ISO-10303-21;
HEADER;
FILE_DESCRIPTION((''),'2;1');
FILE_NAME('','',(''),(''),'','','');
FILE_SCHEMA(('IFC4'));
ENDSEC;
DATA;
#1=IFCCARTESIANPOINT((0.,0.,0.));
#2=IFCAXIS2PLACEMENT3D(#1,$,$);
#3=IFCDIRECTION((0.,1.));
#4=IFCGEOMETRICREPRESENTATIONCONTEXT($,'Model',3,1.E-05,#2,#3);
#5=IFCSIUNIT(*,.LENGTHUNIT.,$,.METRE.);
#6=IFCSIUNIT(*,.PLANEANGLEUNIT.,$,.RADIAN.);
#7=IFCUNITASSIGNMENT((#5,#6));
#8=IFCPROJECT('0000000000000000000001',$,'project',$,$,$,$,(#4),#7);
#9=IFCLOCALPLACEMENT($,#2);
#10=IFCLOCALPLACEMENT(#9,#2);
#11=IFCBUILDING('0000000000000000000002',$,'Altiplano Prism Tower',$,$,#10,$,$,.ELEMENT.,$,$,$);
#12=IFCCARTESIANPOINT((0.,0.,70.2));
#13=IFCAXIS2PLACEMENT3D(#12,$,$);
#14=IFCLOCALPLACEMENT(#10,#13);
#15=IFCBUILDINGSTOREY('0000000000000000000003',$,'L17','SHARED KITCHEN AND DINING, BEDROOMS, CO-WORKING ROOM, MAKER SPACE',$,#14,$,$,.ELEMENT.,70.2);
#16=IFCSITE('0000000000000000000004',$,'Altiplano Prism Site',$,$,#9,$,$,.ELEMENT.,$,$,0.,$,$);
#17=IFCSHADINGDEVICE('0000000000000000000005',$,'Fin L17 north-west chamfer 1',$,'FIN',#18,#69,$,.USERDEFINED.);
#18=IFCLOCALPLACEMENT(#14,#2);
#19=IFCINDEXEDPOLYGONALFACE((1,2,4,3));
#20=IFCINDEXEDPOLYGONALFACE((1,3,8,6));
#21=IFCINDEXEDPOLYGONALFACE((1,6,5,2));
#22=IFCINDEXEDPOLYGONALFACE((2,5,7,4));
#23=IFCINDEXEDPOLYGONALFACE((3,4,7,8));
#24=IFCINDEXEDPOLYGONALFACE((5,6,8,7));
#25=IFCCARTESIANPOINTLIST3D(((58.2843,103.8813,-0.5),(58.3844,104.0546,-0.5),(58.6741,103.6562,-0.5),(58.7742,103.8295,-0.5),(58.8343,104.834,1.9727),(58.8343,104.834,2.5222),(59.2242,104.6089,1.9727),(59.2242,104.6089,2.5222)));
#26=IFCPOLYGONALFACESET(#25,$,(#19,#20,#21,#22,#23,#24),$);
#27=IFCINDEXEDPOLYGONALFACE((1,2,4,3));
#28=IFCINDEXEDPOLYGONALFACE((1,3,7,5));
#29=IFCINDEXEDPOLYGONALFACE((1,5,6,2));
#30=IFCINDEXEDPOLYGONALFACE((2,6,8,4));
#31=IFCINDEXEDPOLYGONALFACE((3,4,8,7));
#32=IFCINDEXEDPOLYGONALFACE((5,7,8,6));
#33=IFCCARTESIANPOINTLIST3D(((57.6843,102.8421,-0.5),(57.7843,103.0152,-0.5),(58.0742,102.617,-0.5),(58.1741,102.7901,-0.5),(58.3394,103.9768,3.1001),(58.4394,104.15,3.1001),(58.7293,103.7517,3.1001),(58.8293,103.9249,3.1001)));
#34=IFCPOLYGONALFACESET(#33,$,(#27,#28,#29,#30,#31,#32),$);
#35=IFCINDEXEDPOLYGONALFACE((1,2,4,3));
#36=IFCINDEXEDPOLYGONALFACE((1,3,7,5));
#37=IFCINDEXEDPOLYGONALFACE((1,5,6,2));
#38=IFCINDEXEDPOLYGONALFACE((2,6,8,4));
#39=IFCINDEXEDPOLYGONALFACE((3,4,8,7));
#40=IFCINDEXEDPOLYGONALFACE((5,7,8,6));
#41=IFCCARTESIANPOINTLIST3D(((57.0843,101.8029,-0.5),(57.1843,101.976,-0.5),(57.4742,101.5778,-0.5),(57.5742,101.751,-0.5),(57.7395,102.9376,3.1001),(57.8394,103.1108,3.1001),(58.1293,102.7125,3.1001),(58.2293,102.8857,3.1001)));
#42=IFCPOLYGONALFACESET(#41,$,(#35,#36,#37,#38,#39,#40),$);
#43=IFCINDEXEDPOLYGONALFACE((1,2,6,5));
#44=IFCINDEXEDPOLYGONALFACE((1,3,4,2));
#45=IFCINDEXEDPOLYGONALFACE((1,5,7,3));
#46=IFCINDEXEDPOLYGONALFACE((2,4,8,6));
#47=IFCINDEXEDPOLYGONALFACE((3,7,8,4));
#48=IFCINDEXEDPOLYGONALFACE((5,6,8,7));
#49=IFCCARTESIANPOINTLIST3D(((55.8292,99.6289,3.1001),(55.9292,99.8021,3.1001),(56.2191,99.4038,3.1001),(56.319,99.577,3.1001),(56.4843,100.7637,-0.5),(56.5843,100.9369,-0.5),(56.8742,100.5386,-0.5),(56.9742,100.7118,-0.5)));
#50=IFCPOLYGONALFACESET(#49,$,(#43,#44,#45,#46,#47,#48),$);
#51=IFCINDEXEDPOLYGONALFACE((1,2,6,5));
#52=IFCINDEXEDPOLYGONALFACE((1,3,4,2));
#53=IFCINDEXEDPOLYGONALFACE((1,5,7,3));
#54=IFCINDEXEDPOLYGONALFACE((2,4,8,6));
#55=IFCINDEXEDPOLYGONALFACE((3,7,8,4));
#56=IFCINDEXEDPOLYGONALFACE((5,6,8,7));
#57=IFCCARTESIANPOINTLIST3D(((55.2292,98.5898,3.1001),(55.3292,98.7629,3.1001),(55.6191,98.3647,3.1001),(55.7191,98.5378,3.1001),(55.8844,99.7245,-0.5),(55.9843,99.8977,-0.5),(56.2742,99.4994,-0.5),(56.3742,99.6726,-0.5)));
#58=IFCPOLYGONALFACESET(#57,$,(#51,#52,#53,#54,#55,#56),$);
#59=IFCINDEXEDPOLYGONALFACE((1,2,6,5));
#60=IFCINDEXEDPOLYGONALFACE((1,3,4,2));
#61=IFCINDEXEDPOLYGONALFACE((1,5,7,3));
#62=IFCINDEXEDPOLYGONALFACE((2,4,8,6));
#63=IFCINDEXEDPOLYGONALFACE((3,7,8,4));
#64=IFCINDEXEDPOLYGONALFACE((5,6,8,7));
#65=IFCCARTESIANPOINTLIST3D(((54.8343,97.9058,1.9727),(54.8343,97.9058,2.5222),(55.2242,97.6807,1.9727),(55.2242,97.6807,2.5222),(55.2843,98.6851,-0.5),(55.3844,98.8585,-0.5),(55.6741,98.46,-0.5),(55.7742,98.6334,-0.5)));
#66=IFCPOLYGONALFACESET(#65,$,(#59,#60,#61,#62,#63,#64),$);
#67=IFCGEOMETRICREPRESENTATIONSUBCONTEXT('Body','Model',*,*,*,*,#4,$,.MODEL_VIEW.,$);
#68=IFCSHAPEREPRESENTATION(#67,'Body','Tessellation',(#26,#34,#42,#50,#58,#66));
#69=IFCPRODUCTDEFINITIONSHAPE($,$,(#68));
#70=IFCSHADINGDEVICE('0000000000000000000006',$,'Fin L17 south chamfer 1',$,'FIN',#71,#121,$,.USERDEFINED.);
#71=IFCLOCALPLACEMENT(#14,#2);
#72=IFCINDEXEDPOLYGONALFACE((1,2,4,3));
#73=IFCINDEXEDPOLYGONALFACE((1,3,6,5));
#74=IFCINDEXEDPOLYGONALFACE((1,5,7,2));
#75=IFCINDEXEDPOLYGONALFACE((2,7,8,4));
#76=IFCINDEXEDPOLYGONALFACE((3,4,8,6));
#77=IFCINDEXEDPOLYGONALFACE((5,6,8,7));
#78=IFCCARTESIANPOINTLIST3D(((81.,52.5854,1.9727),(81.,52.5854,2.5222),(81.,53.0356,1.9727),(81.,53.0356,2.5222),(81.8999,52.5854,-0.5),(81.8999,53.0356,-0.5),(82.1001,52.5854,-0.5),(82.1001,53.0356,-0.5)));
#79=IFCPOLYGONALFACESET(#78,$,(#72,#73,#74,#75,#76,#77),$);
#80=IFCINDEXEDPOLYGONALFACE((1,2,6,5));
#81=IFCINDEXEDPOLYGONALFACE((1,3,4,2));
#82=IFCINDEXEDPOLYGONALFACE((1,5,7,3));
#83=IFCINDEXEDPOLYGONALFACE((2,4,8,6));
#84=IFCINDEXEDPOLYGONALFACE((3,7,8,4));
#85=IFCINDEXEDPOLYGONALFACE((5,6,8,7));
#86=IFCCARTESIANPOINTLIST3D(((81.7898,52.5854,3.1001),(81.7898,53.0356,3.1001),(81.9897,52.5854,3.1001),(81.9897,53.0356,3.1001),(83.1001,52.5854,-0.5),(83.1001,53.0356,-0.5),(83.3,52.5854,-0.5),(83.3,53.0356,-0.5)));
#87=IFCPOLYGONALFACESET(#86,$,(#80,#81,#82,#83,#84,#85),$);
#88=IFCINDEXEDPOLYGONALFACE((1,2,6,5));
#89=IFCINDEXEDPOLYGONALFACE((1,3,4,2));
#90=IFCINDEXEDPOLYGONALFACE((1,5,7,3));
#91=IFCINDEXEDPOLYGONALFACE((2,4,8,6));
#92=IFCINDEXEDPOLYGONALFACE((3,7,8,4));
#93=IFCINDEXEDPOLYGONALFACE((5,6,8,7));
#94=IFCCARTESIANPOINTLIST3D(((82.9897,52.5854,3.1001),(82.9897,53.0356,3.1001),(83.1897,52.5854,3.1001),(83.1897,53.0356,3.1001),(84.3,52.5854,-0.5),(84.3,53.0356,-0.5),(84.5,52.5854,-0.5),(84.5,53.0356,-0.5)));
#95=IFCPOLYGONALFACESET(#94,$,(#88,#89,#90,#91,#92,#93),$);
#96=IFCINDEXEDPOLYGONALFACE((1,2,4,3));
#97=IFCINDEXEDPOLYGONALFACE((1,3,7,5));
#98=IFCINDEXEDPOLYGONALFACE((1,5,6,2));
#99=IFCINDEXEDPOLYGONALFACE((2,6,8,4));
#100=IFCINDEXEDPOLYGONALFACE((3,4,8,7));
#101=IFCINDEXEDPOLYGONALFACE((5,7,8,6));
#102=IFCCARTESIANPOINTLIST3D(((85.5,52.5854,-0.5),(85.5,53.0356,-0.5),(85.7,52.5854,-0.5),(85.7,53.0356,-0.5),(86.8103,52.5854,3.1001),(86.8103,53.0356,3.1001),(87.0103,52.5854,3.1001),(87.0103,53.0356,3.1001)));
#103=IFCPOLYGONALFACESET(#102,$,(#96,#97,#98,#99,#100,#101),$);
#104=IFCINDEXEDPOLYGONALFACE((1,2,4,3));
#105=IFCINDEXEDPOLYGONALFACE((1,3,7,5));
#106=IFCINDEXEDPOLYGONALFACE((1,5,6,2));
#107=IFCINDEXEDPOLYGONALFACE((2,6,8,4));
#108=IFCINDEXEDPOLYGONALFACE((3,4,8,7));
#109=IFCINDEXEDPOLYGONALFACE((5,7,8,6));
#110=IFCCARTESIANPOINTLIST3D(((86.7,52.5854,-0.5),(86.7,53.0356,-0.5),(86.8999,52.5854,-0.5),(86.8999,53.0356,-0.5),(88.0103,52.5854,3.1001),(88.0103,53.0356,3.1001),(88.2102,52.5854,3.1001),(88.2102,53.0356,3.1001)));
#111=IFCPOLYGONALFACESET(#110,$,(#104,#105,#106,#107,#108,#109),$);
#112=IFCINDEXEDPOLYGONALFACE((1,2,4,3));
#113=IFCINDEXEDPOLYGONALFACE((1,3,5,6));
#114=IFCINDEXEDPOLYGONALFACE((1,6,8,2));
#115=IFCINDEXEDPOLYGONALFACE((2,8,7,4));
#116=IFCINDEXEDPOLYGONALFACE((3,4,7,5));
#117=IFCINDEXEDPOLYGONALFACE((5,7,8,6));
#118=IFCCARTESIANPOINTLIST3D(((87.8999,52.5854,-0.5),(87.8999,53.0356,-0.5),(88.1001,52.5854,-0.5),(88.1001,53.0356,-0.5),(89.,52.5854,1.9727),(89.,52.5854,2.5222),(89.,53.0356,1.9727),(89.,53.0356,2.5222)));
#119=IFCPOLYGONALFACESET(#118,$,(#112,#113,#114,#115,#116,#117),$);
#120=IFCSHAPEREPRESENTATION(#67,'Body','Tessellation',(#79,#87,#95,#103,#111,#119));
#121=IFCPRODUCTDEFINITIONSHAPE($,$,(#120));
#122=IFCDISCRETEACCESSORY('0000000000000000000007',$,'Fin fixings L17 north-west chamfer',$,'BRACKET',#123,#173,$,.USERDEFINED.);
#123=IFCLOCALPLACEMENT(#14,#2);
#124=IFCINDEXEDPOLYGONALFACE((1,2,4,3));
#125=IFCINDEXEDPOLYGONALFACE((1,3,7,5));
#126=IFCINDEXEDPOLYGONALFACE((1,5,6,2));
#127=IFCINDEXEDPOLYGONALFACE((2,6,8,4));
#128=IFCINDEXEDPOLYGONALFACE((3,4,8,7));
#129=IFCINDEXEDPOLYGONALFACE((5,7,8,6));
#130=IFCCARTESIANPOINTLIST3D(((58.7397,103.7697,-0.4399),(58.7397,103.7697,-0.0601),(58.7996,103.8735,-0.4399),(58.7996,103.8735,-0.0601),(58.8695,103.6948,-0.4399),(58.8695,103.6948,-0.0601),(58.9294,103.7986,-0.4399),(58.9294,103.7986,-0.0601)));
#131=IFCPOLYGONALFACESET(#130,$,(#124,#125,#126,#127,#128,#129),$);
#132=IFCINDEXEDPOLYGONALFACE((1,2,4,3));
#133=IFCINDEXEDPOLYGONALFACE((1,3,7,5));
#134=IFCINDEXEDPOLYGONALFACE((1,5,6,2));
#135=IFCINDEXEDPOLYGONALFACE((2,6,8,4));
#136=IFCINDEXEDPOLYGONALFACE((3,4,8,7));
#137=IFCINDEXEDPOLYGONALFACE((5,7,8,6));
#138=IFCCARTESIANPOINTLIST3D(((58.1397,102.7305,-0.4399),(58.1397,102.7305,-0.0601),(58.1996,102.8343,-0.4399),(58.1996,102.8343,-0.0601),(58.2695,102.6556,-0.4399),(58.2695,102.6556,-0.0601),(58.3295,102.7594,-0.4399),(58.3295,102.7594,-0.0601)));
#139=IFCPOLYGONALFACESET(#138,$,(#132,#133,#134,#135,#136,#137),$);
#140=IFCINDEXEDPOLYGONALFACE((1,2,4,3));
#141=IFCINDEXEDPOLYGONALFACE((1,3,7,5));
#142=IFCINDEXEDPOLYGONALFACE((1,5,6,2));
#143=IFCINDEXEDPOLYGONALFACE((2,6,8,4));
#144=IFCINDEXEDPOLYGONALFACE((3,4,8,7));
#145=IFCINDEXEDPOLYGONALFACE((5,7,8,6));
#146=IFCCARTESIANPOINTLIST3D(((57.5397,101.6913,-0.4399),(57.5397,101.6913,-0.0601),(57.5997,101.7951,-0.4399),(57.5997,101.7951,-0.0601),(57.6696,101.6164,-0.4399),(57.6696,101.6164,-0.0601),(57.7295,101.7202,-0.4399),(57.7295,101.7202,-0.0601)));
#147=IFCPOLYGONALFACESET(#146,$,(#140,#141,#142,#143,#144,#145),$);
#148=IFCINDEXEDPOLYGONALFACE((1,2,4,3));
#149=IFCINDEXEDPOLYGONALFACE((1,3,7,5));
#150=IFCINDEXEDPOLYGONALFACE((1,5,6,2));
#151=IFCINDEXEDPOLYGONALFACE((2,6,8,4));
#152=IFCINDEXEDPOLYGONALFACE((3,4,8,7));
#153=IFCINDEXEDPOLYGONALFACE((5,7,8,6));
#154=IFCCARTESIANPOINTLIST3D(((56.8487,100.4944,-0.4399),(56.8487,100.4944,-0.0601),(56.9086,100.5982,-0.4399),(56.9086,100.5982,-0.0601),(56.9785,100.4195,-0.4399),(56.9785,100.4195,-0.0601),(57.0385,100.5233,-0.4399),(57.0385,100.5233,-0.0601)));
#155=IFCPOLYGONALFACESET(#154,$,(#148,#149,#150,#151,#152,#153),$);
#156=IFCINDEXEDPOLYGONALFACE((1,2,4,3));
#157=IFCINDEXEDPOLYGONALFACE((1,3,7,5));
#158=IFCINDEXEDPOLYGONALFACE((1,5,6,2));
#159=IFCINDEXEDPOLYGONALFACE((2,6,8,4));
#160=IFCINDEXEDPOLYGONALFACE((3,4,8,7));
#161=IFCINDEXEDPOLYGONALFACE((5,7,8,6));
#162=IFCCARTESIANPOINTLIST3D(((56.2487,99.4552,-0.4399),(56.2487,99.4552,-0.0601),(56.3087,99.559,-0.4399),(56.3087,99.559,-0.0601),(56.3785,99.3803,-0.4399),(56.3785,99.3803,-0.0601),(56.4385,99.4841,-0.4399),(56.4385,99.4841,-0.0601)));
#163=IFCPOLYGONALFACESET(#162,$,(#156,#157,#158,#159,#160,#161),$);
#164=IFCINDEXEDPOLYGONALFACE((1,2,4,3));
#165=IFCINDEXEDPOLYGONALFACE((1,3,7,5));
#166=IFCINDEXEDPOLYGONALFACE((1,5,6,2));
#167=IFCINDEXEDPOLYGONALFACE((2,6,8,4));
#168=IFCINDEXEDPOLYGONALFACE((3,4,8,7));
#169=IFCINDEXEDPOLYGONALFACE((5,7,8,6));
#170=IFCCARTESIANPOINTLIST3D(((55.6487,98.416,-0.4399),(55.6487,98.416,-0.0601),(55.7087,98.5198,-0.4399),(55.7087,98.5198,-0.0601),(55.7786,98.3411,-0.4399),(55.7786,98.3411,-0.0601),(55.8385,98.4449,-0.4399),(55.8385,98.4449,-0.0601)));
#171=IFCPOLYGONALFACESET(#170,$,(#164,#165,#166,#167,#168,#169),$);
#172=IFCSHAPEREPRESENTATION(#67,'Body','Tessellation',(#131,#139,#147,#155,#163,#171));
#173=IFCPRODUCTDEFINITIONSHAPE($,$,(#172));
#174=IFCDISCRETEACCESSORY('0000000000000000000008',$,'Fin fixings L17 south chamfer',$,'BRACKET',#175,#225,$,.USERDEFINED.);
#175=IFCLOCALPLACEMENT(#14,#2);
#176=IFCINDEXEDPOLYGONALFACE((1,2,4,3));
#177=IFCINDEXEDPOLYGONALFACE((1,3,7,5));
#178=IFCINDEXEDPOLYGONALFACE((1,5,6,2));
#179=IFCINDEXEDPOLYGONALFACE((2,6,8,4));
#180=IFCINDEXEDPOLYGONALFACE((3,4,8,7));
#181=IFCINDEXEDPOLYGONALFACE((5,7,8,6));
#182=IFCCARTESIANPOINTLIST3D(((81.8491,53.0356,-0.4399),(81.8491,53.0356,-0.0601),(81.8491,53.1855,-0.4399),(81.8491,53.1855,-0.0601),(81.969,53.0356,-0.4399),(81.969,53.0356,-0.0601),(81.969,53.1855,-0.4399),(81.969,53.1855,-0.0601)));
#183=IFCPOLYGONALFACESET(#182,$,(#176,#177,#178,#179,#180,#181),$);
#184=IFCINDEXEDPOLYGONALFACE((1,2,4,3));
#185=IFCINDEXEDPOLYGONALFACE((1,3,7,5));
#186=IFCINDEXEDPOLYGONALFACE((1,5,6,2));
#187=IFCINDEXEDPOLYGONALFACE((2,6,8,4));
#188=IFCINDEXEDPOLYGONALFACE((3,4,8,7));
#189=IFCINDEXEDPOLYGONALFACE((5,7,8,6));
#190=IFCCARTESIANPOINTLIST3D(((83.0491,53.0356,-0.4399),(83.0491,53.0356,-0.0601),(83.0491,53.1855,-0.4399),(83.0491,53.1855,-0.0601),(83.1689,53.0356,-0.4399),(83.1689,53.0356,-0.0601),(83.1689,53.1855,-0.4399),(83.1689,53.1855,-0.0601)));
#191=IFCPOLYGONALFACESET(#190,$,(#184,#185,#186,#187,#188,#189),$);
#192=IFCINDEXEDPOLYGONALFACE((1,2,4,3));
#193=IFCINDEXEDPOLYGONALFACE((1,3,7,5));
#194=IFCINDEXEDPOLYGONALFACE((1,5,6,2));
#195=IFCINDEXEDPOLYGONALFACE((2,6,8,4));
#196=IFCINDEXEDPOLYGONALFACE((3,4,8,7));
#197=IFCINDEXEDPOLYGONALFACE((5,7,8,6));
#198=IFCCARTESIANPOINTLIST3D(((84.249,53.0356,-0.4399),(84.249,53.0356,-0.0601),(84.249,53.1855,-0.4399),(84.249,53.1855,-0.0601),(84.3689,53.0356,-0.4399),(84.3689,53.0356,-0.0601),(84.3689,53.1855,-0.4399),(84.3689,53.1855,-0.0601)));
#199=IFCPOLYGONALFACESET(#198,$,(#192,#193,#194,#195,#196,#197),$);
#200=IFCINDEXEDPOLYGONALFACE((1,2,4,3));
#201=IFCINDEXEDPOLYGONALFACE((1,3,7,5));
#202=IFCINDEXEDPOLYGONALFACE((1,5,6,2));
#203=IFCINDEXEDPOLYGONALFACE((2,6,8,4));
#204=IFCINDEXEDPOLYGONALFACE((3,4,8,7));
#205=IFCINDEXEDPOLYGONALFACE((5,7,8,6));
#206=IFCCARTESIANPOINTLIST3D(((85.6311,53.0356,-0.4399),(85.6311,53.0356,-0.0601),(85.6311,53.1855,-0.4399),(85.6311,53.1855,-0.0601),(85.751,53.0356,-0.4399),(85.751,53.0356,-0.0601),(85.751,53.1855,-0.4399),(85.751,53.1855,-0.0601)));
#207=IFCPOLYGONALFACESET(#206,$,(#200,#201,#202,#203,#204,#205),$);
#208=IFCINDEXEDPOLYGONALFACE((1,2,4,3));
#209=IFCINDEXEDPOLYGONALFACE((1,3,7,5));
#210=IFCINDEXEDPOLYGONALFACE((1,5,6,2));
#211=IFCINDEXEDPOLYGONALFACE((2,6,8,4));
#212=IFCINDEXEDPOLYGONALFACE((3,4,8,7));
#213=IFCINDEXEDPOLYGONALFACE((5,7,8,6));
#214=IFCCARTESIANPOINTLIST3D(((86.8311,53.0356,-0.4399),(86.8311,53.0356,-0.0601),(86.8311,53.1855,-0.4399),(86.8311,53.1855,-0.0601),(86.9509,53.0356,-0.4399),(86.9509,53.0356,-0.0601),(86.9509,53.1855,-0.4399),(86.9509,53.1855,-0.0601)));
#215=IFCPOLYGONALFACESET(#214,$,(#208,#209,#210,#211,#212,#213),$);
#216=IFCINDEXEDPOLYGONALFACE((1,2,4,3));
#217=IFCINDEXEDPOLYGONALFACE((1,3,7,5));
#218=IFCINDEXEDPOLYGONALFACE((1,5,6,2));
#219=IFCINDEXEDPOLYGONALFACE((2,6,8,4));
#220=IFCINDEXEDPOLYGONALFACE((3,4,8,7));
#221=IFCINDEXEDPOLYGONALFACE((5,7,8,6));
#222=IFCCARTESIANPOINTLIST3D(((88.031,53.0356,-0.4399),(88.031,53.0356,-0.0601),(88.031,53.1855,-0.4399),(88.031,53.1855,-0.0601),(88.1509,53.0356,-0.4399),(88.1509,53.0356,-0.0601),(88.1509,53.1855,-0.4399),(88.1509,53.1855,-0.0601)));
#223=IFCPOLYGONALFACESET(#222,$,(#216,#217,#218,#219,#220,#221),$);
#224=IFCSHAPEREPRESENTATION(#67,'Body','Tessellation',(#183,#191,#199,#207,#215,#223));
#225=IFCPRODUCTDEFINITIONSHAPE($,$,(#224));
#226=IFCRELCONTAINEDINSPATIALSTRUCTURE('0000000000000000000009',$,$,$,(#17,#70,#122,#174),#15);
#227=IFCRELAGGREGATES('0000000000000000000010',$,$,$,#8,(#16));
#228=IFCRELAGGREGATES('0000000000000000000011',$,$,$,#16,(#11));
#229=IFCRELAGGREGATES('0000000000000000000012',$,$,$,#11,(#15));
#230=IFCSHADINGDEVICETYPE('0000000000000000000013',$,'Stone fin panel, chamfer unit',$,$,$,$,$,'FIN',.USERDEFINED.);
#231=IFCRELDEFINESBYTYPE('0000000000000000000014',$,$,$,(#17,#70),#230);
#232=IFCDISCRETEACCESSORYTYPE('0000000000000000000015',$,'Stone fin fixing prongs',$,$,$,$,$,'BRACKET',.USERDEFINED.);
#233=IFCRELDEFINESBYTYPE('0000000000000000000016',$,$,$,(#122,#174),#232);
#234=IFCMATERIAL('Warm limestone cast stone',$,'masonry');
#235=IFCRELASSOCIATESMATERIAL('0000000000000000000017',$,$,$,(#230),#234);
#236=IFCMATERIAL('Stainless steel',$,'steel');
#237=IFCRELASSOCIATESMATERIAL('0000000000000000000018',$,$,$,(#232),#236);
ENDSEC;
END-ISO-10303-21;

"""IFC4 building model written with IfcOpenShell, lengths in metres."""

from ifc_helpers import new_model, si_unit, direction, frame, origin, place, context, subcontext, project, spatial, polyline, outline, extrude, source, transform, mapped, material, type_object, element, save


model = new_model("IFC4")

# Units and contexts
model_context = context("Model", 3, precision=1e-05, world=origin(), true_north=direction((0.0, 1.0)))
body_context = subcontext(model_context, "Body", "Model", "MODEL_VIEW")
ifc_project = project(units=[si_unit("LENGTHUNIT", "METRE"), si_unit("PLANEANGLEUNIT", "RADIAN")], contexts=[model_context])

# Site, building, storey
site_placement = place(None, origin())
site = spatial("IfcSite", under=ifc_project, at=site_placement, Name="Altiplano Prism Site", CompositionType="ELEMENT", RefElevation=0.0)
building_placement = place(site_placement, origin())
building = spatial("IfcBuilding", under=site, at=building_placement, Name="Altiplano Prism Tower", CompositionType="ELEMENT")
storey_placement = place(building_placement, frame((0.0, 0.0, 70.2)))
storey = spatial("IfcBuildingStorey", under=building, at=storey_placement, Name="L17", Description="SHARED KITCHEN AND DINING, BEDROOMS, CO-WORKING ROOM, MAKER SPACE", CompositionType="ELEMENT", Elevation=70.2)

# Shading devices
ifc_material_1 = material(Name="Warm limestone cast stone", Category="masonry")
shading_device_type_1 = type_object("IfcShadingDeviceType", Name="Stone fin panel, chamfer unit", ElementType="FIN", PredefinedType="USERDEFINED", material=ifc_material_1)
shared_shape_1 = source(origin(), body_context, "Body", "SweptSolid", [
    extrude(outline(polyline([(-4.0, 3.0222), (-4.0, 2.4727), (-3.1001, 0.0), (-2.8999, 0.0), (-4.0, 3.0222)])), frame((0.0, -0.1499, 0.0), z_axis=(0.0, -1.0, 0.0), x_axis=(1.0, 0.0, 0.0)), (0.0, 0.0, 1.0), 0.4502),
    extrude(outline(polyline([(-3.2102, 3.6001), (-1.8999, 0.0), (-1.7, 0.0), (-3.0103, 3.6001), (-3.2102, 3.6001)])), frame((0.0, -0.1499, 0.0), z_axis=(0.0, -1.0, 0.0), x_axis=(1.0, 0.0, 0.0)), (0.0, 0.0, 1.0), 0.4502),
    extrude(outline(polyline([(-2.0103, 3.6001), (-0.7, 0.0), (-0.5, 0.0), (-1.8103, 3.6001), (-2.0103, 3.6001)])), frame((0.0, -0.1499, 0.0), z_axis=(0.0, -1.0, 0.0), x_axis=(1.0, 0.0, 0.0)), (0.0, 0.0, 1.0), 0.4502),
    extrude(outline(polyline([(1.8103, 3.6001), (0.5, 0.0), (0.7, 0.0), (2.0103, 3.6001), (1.8103, 3.6001)])), frame((0.0, -0.1499, 0.0), z_axis=(0.0, -1.0, 0.0), x_axis=(1.0, 0.0, 0.0)), (0.0, 0.0, 1.0), 0.4502),
    extrude(outline(polyline([(3.0103, 3.6001), (1.7, 0.0), (1.8999, 0.0), (3.2102, 3.6001), (3.0103, 3.6001)])), frame((0.0, -0.1499, 0.0), z_axis=(0.0, -1.0, 0.0), x_axis=(1.0, 0.0, 0.0)), (0.0, 0.0, 1.0), 0.4502),
    extrude(outline(polyline([(4.0, 2.4727), (4.0, 3.0222), (2.8999, 0.0), (3.1001, 0.0), (4.0, 2.4727)])), frame((0.0, -0.1499, 0.0), z_axis=(0.0, -1.0, 0.0), x_axis=(1.0, 0.0, 0.0)), (0.0, 0.0, 1.0), 0.4502),
])
shading_device_1_placement = place(storey_placement, origin())
element("IfcShadingDevice", 1, at=shading_device_1_placement, inside=storey, type_object=shading_device_type_1, Name="Fin L17 north-west chamfer 1", ObjectType="FIN", PredefinedType="USERDEFINED", context=body_context, shape_type="MappedRepresentation", body=[
    mapped(shared_shape_1, transform((57.354, 101.0698, -0.5), x_axis=(-0.5, -0.866025, 0.0), y_axis=(0.866025, -0.5, 0.0), z_axis=(0.0, 0.0, 1.0))),
])
shading_device_2_placement = place(storey_placement, origin())
element("IfcShadingDevice", 2, at=shading_device_2_placement, inside=storey, type_object=shading_device_type_1, Name="Fin L17 south chamfer 1", ObjectType="FIN", PredefinedType="USERDEFINED", context=body_context, shape_type="MappedRepresentation", body=[
    mapped(shared_shape_1, transform((85.0, 53.1855, -0.5), x_axis=(1.0, 0.0, 0.0), y_axis=(0.0, 1.0, 0.0), z_axis=(0.0, 0.0, 1.0))),
])

# Discrete accessories
ifc_material_2 = material(Name="Stainless steel", Category="steel")
discrete_accessory_type = type_object("IfcDiscreteAccessoryType", Name="Stone fin fixing prongs", ElementType="BRACKET", PredefinedType="USERDEFINED", material=ifc_material_2)
shared_shape_2 = source(origin(), body_context, "Body", "SweptSolid", [
    extrude(outline(polyline([(-3.1509, 0.0601), (-3.031, 0.0601), (-3.031, 0.4399), (-3.1509, 0.4399), (-3.1509, 0.0601)])), frame((0.0, 0.0, 0.0), z_axis=(0.0, -1.0, 0.0), x_axis=(1.0, 0.0, 0.0)), (0.0, 0.0, 1.0), 0.1499),
    extrude(outline(polyline([(-1.9509, 0.0601), (-1.8311, 0.0601), (-1.8311, 0.4399), (-1.9509, 0.4399), (-1.9509, 0.0601)])), frame((0.0, 0.0, 0.0), z_axis=(0.0, -1.0, 0.0), x_axis=(1.0, 0.0, 0.0)), (0.0, 0.0, 1.0), 0.1499),
    extrude(outline(polyline([(-0.751, 0.0601), (-0.6311, 0.0601), (-0.6311, 0.4399), (-0.751, 0.4399), (-0.751, 0.0601)])), frame((0.0, 0.0, 0.0), z_axis=(0.0, -1.0, 0.0), x_axis=(1.0, 0.0, 0.0)), (0.0, 0.0, 1.0), 0.1499),
    extrude(outline(polyline([(0.6311, 0.0601), (0.751, 0.0601), (0.751, 0.4399), (0.6311, 0.4399), (0.6311, 0.0601)])), frame((0.0, 0.0, 0.0), z_axis=(0.0, -1.0, 0.0), x_axis=(1.0, 0.0, 0.0)), (0.0, 0.0, 1.0), 0.1499),
    extrude(outline(polyline([(1.8311, 0.0601), (1.9509, 0.0601), (1.9509, 0.4399), (1.8311, 0.4399), (1.8311, 0.0601)])), frame((0.0, 0.0, 0.0), z_axis=(0.0, -1.0, 0.0), x_axis=(1.0, 0.0, 0.0)), (0.0, 0.0, 1.0), 0.1499),
    extrude(outline(polyline([(3.031, 0.0601), (3.1509, 0.0601), (3.1509, 0.4399), (3.031, 0.4399), (3.031, 0.0601)])), frame((0.0, 0.0, 0.0), z_axis=(0.0, -1.0, 0.0), x_axis=(1.0, 0.0, 0.0)), (0.0, 0.0, 1.0), 0.1499),
])
discrete_accessory_1_placement = place(storey_placement, origin())
element("IfcDiscreteAccessory", 3, at=discrete_accessory_1_placement, inside=storey, type_object=discrete_accessory_type, Name="Fin fixings L17 north-west chamfer", ObjectType="BRACKET", PredefinedType="USERDEFINED", context=body_context, shape_type="MappedRepresentation", body=[
    mapped(shared_shape_2, transform((57.354, 101.0698, -0.5), x_axis=(-0.5, -0.866025, 0.0), y_axis=(0.866025, -0.5, 0.0), z_axis=(0.0, 0.0, 1.0))),
])
discrete_accessory_2_placement = place(storey_placement, origin())
element("IfcDiscreteAccessory", 4, at=discrete_accessory_2_placement, inside=storey, type_object=discrete_accessory_type, Name="Fin fixings L17 south chamfer", ObjectType="BRACKET", PredefinedType="USERDEFINED", context=body_context, shape_type="MappedRepresentation", body=[
    mapped(shared_shape_2, transform((85.0, 53.1855, -0.5), x_axis=(1.0, 0.0, 0.0), y_axis=(0.0, 1.0, 0.0), z_axis=(0.0, 0.0, 1.0))),
])

save(model, "model.ifc")
